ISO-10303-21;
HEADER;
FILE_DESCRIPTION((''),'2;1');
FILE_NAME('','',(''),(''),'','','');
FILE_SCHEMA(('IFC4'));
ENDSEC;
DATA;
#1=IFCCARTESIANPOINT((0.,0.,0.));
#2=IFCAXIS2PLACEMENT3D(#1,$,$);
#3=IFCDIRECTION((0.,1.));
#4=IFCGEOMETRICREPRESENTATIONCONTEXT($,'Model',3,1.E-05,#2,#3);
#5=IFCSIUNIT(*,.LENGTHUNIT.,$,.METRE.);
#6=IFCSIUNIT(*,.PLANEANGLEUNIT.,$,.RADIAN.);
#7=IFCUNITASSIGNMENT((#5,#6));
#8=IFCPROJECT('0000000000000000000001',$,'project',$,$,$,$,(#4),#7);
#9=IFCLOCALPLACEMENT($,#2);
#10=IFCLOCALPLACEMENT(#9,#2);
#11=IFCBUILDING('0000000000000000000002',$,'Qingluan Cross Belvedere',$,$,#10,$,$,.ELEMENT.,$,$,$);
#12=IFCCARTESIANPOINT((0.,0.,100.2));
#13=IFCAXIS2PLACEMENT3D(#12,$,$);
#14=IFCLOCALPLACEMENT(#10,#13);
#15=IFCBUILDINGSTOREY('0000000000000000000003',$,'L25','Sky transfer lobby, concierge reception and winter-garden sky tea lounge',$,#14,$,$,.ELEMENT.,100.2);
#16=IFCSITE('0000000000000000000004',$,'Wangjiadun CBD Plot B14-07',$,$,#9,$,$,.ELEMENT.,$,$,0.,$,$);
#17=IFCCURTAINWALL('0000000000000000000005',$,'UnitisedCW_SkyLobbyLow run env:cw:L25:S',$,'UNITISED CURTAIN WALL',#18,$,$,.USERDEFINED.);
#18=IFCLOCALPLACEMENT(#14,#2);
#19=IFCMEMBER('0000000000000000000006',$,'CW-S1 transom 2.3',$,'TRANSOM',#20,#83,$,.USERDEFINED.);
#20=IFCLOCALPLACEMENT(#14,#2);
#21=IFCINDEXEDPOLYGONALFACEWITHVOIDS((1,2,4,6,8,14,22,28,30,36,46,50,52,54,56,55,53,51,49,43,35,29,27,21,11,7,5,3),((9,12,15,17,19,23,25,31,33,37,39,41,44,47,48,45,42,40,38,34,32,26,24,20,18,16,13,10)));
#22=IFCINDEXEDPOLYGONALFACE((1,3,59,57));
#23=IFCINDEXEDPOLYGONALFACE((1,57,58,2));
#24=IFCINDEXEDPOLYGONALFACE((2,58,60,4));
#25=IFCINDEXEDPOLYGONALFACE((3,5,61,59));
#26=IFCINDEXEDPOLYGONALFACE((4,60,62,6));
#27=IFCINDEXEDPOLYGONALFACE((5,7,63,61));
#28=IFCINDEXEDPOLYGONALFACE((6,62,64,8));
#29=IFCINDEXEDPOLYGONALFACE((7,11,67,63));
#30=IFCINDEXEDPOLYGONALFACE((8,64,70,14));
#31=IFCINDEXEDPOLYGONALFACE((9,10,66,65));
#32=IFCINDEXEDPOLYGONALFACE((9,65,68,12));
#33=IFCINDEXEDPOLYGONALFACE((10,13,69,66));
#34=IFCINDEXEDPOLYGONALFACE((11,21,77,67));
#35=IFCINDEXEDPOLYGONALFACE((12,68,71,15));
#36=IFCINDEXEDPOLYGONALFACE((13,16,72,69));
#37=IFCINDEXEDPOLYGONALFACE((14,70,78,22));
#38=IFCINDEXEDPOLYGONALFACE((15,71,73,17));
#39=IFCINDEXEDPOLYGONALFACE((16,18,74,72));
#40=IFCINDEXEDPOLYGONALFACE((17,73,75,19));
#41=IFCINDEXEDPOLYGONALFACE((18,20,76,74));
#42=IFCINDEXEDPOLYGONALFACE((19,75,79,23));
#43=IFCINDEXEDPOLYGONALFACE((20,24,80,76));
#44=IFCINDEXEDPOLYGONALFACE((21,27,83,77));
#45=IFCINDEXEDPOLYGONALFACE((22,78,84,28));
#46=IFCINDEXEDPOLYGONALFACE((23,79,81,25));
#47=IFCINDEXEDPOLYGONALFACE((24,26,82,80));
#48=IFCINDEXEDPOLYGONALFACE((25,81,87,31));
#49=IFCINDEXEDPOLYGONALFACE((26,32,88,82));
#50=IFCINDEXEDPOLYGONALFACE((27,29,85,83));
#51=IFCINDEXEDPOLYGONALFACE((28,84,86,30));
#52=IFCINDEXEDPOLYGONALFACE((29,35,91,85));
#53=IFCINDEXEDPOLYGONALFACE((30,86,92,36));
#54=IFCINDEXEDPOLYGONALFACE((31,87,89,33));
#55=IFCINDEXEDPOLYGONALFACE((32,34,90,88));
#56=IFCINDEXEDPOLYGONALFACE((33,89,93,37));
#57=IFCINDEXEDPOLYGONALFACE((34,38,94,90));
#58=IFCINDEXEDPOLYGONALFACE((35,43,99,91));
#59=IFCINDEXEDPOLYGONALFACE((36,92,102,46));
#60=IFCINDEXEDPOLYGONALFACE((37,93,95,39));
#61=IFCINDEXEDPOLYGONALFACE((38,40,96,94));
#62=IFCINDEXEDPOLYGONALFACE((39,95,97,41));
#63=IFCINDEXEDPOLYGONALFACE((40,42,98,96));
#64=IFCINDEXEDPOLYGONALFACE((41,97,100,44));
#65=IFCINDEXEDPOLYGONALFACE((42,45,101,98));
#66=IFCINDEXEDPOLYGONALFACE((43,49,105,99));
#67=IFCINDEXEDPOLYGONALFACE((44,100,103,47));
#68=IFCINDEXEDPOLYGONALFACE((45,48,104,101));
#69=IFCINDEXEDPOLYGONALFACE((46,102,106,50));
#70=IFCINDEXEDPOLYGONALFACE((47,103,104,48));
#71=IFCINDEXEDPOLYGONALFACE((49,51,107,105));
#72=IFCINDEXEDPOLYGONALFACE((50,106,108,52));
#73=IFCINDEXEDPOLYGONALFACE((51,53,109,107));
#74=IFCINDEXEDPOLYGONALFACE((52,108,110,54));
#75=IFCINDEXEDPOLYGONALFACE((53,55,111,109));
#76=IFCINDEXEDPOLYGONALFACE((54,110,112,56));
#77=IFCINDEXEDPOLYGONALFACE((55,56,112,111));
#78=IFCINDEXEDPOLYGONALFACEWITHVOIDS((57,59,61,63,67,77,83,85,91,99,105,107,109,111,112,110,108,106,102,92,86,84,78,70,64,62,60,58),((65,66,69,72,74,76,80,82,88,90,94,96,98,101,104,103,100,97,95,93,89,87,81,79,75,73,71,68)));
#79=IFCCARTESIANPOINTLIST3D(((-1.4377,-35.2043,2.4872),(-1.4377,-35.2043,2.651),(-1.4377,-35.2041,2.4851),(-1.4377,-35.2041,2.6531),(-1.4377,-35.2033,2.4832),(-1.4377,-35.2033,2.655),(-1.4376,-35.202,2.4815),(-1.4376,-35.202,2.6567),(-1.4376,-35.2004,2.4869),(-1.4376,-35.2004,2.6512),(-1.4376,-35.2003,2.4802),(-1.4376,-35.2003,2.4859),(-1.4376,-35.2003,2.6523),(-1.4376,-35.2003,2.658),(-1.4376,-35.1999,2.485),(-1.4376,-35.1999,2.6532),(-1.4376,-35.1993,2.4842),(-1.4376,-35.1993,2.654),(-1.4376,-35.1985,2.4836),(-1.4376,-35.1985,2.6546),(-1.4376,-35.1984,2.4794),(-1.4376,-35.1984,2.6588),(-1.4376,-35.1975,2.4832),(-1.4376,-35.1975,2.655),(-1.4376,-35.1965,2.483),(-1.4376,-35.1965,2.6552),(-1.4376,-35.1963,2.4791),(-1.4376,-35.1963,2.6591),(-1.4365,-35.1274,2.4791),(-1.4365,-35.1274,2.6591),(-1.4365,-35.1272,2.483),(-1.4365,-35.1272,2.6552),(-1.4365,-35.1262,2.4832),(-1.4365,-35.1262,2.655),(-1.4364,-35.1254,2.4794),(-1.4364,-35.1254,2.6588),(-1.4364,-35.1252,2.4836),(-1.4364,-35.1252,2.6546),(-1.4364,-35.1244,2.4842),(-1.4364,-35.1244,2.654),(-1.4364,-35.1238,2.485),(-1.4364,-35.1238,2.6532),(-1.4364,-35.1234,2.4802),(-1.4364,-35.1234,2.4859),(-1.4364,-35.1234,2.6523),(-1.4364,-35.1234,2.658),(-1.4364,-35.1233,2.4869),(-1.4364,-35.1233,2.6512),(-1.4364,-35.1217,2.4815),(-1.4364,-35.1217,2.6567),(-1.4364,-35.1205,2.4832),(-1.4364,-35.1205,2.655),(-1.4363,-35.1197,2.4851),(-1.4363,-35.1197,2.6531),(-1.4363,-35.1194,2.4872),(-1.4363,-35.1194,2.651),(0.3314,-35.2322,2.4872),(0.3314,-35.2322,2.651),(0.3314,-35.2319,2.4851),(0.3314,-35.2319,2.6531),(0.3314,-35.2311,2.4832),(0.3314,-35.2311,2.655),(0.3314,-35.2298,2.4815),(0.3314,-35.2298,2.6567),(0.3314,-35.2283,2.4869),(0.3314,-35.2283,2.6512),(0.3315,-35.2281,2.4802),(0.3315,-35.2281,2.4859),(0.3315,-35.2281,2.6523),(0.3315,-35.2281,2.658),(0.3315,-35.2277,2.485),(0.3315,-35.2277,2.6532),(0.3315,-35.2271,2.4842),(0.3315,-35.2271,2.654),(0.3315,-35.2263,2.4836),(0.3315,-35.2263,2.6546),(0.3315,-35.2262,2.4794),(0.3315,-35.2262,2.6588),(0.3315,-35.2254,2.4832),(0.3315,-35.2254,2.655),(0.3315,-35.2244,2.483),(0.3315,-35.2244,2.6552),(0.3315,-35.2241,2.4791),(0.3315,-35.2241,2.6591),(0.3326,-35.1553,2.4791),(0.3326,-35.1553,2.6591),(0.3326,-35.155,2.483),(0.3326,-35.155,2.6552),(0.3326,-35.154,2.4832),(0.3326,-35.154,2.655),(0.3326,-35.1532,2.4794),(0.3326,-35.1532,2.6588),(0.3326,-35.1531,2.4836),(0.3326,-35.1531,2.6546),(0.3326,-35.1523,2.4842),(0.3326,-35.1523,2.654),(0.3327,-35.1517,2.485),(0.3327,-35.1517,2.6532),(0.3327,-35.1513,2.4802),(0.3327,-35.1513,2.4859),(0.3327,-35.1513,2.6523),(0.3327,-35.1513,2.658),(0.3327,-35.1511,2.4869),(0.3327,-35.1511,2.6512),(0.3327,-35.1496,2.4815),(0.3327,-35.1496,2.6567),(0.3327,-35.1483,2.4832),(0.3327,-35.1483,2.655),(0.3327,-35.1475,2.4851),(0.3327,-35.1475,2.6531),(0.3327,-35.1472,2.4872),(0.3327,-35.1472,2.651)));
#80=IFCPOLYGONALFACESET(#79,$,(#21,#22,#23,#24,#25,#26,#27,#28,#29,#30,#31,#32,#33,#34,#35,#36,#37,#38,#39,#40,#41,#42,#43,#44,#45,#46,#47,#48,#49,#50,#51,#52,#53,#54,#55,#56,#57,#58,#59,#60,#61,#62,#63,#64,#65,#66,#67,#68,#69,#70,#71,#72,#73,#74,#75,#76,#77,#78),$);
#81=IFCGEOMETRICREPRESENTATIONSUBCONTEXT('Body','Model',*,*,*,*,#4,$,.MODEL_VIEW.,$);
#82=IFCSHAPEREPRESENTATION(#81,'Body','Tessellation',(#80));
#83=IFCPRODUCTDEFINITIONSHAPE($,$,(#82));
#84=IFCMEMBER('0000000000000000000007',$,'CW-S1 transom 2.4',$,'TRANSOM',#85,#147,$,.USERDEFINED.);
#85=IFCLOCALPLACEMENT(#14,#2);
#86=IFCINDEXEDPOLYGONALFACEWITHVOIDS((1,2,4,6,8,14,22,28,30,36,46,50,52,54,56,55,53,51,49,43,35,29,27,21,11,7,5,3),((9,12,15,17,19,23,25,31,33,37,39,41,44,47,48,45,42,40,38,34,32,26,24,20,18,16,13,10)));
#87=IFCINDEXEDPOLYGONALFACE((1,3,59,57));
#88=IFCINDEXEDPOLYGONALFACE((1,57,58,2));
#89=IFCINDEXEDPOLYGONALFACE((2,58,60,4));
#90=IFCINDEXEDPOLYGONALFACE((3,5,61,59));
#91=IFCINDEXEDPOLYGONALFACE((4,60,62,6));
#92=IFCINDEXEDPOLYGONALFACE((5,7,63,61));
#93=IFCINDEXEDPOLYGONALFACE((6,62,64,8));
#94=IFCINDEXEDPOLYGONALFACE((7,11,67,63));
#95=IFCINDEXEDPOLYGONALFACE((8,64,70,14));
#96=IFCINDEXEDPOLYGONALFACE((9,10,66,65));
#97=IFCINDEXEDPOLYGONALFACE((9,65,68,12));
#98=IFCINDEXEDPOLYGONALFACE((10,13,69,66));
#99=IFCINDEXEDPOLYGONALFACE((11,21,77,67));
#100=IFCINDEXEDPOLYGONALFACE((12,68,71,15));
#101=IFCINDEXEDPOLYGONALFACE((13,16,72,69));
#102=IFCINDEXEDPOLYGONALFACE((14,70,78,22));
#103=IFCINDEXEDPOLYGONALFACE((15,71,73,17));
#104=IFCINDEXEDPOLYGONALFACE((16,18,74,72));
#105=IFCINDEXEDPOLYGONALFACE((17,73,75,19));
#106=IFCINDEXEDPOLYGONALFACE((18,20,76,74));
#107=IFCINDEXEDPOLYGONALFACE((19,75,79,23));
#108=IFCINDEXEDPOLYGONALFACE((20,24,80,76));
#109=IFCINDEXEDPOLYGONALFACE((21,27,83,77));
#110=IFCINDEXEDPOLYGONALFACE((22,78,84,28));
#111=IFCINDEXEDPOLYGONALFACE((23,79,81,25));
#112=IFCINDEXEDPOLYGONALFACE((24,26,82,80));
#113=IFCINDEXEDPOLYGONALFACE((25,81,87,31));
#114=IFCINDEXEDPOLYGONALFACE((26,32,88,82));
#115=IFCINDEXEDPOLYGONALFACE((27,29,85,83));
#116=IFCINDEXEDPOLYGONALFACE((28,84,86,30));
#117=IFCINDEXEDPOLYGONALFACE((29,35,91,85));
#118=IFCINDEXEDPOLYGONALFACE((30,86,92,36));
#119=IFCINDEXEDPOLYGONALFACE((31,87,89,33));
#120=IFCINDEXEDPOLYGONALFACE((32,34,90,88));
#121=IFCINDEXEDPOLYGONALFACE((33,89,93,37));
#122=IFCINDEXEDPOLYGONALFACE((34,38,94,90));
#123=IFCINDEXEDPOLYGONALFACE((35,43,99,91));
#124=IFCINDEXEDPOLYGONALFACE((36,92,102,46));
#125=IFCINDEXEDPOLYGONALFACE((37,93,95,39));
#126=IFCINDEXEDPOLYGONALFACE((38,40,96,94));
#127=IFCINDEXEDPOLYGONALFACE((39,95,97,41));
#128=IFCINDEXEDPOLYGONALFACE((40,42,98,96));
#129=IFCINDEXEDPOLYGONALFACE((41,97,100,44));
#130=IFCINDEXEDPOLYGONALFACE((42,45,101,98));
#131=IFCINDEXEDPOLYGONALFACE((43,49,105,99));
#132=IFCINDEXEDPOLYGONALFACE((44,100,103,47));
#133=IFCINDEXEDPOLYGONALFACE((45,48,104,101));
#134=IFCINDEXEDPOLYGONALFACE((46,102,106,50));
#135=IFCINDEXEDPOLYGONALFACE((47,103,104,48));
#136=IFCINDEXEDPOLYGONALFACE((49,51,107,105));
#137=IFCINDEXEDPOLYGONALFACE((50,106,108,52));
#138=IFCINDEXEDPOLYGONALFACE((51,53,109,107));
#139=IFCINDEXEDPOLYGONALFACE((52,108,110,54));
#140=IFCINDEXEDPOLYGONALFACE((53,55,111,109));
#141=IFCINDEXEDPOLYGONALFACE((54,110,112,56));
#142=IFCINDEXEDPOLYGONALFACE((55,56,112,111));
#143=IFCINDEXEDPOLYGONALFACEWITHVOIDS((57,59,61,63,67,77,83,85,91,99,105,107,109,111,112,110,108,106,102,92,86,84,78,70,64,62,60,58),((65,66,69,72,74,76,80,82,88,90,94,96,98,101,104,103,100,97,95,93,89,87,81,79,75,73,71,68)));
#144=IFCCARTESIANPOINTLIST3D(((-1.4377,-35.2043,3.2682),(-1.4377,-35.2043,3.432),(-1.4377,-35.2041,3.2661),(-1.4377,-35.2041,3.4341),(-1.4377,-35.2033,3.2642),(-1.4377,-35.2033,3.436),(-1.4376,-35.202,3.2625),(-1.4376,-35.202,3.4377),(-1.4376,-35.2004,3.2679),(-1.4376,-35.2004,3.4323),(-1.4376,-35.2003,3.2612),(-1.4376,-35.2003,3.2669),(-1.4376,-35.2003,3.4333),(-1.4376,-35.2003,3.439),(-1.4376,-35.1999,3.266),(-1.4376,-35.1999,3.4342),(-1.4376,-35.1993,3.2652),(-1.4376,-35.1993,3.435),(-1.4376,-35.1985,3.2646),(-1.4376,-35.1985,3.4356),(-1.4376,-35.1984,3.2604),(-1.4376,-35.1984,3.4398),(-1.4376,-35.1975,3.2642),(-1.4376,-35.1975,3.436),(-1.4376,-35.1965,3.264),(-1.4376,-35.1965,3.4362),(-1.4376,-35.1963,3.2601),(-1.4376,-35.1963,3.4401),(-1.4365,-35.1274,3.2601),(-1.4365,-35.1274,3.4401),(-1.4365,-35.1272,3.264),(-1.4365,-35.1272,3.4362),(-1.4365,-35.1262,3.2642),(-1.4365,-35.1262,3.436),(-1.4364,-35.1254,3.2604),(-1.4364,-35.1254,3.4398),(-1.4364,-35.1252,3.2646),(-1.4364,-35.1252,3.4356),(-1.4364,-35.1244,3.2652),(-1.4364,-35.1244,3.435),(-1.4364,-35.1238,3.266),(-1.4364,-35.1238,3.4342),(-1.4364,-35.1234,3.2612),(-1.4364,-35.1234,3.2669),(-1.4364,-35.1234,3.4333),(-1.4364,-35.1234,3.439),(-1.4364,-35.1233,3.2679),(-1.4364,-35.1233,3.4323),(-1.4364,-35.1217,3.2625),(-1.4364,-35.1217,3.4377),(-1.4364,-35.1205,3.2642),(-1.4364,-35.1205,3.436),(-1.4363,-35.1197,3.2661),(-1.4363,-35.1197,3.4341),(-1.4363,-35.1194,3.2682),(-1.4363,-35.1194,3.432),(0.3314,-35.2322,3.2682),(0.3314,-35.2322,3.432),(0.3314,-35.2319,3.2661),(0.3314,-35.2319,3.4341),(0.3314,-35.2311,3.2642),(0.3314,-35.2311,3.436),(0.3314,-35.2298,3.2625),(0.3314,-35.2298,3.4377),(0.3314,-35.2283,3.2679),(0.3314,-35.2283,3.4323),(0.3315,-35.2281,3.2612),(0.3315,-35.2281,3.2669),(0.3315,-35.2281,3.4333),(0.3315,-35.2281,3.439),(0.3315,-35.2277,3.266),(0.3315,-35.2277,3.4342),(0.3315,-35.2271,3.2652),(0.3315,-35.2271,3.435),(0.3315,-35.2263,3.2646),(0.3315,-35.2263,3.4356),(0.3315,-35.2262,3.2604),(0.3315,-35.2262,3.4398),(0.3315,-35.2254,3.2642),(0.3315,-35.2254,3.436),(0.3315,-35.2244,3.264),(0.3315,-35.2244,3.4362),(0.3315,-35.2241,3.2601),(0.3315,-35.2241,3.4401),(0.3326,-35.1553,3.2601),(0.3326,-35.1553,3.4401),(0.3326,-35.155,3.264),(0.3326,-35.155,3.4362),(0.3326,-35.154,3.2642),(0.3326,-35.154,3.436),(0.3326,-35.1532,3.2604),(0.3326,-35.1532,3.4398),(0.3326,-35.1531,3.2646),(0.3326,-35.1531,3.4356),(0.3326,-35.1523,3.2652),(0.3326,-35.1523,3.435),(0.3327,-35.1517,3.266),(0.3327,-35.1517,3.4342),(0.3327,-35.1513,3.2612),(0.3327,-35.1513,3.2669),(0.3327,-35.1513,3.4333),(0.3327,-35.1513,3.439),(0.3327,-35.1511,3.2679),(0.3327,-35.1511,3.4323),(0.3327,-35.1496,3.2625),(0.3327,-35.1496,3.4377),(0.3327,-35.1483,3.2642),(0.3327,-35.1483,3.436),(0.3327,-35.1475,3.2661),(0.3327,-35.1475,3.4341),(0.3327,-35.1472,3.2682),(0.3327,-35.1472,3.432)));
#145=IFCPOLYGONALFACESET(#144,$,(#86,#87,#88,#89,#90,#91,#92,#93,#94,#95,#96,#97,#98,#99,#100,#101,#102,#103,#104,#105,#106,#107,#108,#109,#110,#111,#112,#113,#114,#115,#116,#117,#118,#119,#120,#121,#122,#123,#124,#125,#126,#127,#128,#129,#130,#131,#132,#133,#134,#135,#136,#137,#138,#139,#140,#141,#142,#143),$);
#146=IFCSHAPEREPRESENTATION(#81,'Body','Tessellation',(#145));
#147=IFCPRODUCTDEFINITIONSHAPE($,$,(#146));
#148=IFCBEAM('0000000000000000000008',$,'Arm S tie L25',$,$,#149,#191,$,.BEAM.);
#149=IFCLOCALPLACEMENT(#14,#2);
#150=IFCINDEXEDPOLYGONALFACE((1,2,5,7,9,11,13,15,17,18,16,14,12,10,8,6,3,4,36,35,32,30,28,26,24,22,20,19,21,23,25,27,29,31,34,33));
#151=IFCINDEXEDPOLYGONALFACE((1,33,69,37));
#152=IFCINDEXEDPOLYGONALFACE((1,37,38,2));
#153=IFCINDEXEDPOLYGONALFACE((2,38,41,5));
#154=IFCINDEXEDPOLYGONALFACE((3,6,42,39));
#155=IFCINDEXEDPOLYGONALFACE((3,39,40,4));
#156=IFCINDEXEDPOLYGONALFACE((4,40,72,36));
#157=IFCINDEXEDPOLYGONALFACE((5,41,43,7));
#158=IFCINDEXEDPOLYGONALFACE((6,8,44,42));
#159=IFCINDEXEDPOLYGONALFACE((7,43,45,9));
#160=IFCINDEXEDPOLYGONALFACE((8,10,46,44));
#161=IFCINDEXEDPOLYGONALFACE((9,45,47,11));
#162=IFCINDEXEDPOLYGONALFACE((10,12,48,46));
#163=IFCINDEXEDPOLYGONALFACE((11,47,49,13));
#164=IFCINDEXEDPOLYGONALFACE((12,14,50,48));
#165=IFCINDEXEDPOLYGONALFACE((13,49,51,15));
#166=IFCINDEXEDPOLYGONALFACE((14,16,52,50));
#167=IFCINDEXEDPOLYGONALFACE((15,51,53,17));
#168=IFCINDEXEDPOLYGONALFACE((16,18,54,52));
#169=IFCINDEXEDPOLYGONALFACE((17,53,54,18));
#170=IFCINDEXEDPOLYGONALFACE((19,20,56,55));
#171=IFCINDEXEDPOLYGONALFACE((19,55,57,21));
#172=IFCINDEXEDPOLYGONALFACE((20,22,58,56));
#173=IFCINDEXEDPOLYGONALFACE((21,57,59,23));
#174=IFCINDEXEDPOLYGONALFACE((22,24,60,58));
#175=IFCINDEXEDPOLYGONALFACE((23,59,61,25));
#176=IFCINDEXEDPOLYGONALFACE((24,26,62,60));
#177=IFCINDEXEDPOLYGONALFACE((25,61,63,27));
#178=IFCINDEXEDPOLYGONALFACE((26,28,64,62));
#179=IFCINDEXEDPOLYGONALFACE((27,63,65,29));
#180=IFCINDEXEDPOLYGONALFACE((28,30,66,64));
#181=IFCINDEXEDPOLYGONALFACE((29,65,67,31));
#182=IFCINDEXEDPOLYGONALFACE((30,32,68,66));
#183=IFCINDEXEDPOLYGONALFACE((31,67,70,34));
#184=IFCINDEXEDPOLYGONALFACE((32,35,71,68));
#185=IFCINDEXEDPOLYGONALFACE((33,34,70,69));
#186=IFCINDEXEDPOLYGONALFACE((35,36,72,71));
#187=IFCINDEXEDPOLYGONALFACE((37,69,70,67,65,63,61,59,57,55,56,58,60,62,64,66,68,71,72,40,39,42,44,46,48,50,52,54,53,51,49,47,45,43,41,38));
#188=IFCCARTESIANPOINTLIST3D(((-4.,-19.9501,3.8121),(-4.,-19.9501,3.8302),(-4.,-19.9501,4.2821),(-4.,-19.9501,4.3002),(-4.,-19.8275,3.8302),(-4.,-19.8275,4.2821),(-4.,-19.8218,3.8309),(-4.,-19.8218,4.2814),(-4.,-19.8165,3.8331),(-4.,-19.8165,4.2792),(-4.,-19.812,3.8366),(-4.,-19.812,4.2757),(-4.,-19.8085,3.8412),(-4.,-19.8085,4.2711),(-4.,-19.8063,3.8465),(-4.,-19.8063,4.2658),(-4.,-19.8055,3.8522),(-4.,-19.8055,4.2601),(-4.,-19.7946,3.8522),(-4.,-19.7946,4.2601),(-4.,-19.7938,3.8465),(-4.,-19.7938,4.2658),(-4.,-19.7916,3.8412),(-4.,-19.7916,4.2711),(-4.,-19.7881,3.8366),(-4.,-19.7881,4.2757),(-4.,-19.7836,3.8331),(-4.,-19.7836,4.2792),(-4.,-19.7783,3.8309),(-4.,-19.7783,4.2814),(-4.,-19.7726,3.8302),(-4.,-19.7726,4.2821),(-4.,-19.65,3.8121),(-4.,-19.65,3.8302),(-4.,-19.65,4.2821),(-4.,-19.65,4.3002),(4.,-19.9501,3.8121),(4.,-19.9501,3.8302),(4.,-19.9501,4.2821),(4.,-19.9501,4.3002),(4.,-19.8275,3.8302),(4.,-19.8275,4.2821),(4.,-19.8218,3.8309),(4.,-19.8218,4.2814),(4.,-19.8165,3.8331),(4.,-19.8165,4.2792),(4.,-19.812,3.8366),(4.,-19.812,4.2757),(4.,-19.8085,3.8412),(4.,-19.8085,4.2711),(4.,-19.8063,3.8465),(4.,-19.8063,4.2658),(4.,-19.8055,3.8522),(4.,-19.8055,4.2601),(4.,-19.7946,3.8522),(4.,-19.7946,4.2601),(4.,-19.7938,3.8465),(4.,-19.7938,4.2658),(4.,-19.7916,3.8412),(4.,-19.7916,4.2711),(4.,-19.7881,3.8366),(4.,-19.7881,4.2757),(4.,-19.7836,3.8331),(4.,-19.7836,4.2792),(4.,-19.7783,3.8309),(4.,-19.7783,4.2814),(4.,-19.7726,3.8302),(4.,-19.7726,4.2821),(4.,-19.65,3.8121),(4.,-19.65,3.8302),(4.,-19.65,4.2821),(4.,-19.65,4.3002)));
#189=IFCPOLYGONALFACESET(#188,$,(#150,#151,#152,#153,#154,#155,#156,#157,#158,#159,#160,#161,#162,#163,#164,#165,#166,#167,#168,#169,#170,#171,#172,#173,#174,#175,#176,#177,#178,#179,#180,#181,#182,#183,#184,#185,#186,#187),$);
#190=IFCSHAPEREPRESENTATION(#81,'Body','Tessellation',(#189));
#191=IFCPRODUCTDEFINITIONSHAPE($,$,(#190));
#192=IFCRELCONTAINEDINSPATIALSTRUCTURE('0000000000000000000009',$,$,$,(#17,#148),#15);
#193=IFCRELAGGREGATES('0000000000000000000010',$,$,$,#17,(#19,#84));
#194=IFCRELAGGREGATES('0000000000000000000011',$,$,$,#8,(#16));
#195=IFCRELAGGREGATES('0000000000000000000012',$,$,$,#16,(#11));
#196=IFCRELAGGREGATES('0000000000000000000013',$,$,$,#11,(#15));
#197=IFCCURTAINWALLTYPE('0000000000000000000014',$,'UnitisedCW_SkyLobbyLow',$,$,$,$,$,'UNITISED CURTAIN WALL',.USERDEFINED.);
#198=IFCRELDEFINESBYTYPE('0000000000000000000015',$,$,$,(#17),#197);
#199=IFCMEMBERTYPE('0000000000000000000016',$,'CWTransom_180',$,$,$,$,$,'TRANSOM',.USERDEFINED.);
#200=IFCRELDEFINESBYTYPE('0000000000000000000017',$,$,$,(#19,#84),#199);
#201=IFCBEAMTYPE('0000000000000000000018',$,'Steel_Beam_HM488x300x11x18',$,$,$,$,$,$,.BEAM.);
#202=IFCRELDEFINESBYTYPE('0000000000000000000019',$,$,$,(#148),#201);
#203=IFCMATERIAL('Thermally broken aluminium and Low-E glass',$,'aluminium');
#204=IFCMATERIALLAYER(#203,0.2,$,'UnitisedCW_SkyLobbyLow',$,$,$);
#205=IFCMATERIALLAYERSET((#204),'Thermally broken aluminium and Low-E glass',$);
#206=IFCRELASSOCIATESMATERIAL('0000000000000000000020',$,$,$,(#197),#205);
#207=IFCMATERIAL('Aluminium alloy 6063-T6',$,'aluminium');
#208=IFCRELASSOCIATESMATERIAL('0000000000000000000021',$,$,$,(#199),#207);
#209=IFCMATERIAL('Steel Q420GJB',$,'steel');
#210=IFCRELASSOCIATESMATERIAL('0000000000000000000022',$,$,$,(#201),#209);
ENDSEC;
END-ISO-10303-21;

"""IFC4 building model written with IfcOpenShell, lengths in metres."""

from ifc_helpers import new_model, si_unit, direction, frame, origin, origin_2d, place, context, subcontext, project, spatial, hollow_rectangle, i_section, extrude, material, layer, layer_set, material_profile, profile_set, type_object, element, aggregate, save


model = new_model("IFC4")

# Units and contexts
model_context = context("Model", 3, precision=1e-05, world=origin(), true_north=direction((0.0, 1.0)))
body_context = subcontext(model_context, "Body", "Model", "MODEL_VIEW")
ifc_project = project(units=[si_unit("LENGTHUNIT", "METRE"), si_unit("PLANEANGLEUNIT", "RADIAN")], contexts=[model_context])

# Site, building, storey
site_placement = place(None, origin())
site = spatial("IfcSite", under=ifc_project, at=site_placement, Name="Wangjiadun CBD Plot B14-07", CompositionType="ELEMENT", RefElevation=0.0)
building_placement = place(site_placement, origin())
building = spatial("IfcBuilding", under=site, at=building_placement, Name="Qingluan Cross Belvedere", CompositionType="ELEMENT")
storey_placement = place(building_placement, frame((0.0, 0.0, 100.2)))
storey = spatial("IfcBuildingStorey", under=building, at=storey_placement, Name="L25", Description="Sky transfer lobby, concierge reception and winter-garden sky tea lounge", CompositionType="ELEMENT", Elevation=100.2)

# Curtain wall, members
ifc_material_1 = material(Name="Thermally broken aluminium and Low-E glass", Category="aluminium")
ifc_layer_1 = layer(ifc_material_1, 0.2, Name="UnitisedCW_SkyLobbyLow")
ifc_layer_set_1 = layer_set([ifc_layer_1], Name="Thermally broken aluminium and Low-E glass")
curtain_wall_type = type_object("IfcCurtainWallType", Name="UnitisedCW_SkyLobbyLow", ElementType="UNITISED CURTAIN WALL", PredefinedType="USERDEFINED", material=ifc_layer_set_1)
curtain_wall_placement = place(storey_placement, origin())
curtain_wall = element("IfcCurtainWall", 1, at=curtain_wall_placement, inside=storey, type_object=curtain_wall_type, Name="UnitisedCW_SkyLobbyLow run env:cw:L25:S", ObjectType="UNITISED CURTAIN WALL", PredefinedType="USERDEFINED")
ifc_material_2 = material(Name="Aluminium alloy 6063-T6", Category="aluminium")
ifc_material_profile_1 = material_profile(ifc_material_2, hollow_rectangle(XDim=0.085, YDim=0.1799, WallThickness=0.0039, InnerFilletRadius=0.0039, OuterFilletRadius=0.0081, at=origin_2d()), Name="CWT180x85x4")
ifc_profile_set_1 = profile_set([ifc_material_profile_1], Name="Aluminium alloy 6063-T6")
member_type_1 = type_object("IfcMemberType", Name="CWTransom_180", ElementType="TRANSOM", PredefinedType="USERDEFINED", material=ifc_profile_set_1)
member_1_placement = place(storey_placement, frame((-1.437, -35.1619, 2.5691), z_axis=(0.999876, -0.015731, 0.0), x_axis=(0.015731, 0.999876, 0.0)))
member_1 = element("IfcMember", 2, at=member_1_placement, type_object=member_type_1, Name="CW-S1 transom 2.3", ObjectType="TRANSOM", PredefinedType="USERDEFINED", context=body_context, shape_type="SweptSolid", body=[
    extrude(hollow_rectangle(XDim=0.085, YDim=0.1799, WallThickness=0.0039, InnerFilletRadius=0.0039, OuterFilletRadius=0.0081, at=origin_2d()), origin(), (0.0, 0.0, 1.0), 1.7693),
])
member_2_placement = place(storey_placement, frame((-1.437, -35.1619, 3.3501), z_axis=(0.999876, -0.015731, 0.0), x_axis=(0.015731, 0.999876, 0.0)))
member_2 = element("IfcMember", 3, at=member_2_placement, type_object=member_type_1, Name="CW-S1 transom 2.4", ObjectType="TRANSOM", PredefinedType="USERDEFINED", context=body_context, shape_type="SweptSolid", body=[
    extrude(hollow_rectangle(XDim=0.085, YDim=0.1799, WallThickness=0.0039, InnerFilletRadius=0.0039, OuterFilletRadius=0.0081, at=origin_2d()), origin(), (0.0, 0.0, 1.0), 1.7693),
])

# Beam
ifc_material_3 = material(Name="Steel Q420GJB", Category="steel")
ifc_material_profile_2 = material_profile(ifc_material_3, i_section(OverallWidth=0.3, OverallDepth=0.488, WebThickness=0.011, FlangeThickness=0.0181, FilletRadius=0.022, at=origin_2d()), Name="HM488x300x11x18")
ifc_profile_set_2 = profile_set([ifc_material_profile_2], Name="Steel Q420GJB")
beam_type_1 = type_object("IfcBeamType", Name="Steel_Beam_HM488x300x11x18", PredefinedType="BEAM", material=ifc_profile_set_2)
beam_1_placement = place(storey_placement, frame((-4.0, -19.8, 4.0562), z_axis=(1.0, 0.0, 0.0), x_axis=(0.0, 1.0, 0.0)))
element("IfcBeam", 4, at=beam_1_placement, inside=storey, type_object=beam_type_1, Name="Arm S tie L25", PredefinedType="BEAM", context=body_context, shape_type="SweptSolid", body=[
    extrude(i_section(OverallWidth=0.3, OverallDepth=0.488, WebThickness=0.011, FlangeThickness=0.0181, FilletRadius=0.022, at=origin_2d()), origin(), (0.0, 0.0, 1.0), 8.0),
])

aggregate(curtain_wall, [member_1, member_2])

save(model, "model.ifc")
